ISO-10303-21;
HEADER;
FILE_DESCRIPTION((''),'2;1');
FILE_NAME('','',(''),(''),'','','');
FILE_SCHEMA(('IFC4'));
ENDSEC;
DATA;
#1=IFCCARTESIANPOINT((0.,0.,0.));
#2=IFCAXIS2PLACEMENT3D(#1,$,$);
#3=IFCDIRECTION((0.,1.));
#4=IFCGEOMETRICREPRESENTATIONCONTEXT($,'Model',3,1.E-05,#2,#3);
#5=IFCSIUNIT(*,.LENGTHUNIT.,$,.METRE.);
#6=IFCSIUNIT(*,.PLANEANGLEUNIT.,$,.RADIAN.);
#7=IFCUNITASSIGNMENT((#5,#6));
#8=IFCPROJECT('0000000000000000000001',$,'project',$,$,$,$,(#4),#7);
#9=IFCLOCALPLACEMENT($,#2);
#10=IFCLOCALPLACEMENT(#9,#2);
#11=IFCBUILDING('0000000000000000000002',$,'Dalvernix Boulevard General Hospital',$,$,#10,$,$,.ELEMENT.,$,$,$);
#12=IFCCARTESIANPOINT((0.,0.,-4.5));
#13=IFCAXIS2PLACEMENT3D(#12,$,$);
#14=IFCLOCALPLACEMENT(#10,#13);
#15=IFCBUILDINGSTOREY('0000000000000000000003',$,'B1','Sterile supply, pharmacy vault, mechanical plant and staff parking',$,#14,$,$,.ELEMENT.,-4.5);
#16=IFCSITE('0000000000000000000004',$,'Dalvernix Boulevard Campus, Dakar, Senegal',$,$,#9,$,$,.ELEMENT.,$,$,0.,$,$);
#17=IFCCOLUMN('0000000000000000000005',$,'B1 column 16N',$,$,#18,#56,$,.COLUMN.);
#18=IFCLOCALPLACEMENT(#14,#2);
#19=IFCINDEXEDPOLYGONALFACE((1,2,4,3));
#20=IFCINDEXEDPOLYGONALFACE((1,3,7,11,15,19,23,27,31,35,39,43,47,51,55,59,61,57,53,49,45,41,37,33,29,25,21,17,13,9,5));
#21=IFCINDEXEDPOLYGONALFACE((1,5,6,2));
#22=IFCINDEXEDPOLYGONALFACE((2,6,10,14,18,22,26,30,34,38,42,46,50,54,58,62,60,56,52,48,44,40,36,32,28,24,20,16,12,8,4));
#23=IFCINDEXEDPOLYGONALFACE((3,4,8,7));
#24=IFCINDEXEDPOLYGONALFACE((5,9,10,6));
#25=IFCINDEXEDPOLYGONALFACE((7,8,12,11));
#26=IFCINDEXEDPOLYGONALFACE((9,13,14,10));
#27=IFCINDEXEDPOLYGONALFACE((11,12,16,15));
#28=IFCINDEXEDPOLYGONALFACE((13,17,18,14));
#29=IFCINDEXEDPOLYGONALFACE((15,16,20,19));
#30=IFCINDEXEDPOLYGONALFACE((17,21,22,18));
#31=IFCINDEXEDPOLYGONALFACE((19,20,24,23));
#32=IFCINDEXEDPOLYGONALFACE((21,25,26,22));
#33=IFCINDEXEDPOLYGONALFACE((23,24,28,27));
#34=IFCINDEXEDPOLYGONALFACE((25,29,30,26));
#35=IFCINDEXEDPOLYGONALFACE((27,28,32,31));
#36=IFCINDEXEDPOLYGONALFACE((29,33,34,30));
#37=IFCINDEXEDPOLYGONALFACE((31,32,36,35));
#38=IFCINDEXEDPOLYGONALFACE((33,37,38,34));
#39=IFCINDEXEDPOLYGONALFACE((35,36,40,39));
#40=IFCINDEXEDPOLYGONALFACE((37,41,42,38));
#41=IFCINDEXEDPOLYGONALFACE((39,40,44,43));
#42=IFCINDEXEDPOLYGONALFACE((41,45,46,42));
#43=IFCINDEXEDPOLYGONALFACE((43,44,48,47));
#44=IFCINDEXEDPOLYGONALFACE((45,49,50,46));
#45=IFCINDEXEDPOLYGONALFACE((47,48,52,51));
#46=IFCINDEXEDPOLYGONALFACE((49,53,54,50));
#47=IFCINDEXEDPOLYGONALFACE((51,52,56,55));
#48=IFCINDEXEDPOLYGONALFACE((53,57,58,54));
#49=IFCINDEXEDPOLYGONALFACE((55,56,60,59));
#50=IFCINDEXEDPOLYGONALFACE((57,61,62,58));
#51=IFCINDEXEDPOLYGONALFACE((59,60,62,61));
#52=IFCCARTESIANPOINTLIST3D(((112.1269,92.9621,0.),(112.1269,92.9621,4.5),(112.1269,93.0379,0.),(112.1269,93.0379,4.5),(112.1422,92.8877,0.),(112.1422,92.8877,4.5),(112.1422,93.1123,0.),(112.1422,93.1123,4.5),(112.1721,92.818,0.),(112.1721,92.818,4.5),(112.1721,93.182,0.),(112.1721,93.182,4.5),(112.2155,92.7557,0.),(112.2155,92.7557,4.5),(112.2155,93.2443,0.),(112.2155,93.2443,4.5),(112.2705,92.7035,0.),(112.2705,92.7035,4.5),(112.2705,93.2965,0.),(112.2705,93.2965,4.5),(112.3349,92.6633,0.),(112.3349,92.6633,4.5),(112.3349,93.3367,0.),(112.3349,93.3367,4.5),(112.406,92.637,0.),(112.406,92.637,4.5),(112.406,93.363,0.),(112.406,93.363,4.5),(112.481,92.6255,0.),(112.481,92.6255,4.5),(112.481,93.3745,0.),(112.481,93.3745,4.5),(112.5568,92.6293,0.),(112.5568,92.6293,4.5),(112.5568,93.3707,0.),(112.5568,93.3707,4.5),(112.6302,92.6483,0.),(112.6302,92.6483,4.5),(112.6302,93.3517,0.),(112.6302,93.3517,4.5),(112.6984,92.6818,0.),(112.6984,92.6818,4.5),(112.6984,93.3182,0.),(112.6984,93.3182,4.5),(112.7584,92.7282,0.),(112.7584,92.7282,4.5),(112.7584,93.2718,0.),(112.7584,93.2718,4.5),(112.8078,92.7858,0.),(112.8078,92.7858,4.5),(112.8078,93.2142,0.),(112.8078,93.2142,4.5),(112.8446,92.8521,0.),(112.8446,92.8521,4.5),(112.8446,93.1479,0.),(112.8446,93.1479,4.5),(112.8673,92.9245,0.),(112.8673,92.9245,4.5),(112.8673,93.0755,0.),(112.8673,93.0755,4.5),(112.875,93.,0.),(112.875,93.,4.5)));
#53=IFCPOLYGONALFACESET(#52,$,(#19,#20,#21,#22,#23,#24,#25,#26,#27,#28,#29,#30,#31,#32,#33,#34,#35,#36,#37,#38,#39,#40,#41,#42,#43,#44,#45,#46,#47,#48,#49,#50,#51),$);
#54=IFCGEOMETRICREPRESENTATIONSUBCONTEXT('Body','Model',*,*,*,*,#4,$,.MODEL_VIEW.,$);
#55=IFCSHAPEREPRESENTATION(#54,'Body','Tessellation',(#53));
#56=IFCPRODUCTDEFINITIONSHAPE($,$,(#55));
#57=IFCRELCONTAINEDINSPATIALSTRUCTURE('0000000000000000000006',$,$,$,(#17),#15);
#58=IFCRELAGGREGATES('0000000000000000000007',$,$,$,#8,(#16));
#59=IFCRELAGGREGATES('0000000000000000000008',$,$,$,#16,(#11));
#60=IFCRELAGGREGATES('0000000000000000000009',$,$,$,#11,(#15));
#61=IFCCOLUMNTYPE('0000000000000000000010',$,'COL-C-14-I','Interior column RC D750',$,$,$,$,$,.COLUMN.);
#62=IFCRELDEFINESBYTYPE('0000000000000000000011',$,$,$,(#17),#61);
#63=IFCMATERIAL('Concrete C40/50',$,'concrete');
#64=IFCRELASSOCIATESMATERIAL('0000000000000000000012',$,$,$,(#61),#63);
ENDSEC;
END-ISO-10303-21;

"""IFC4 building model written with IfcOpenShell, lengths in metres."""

from ifc_helpers import new_model, si_unit, direction, frame, origin, origin_2d, place, context, subcontext, project, spatial, circle, extrude, material, material_profile, profile_set, type_object, element, save


model = new_model("IFC4")

# Units and contexts
model_context = context("Model", 3, precision=1e-05, world=origin(), true_north=direction((0.0, 1.0)))
body_context = subcontext(model_context, "Body", "Model", "MODEL_VIEW")
ifc_project = project(units=[si_unit("LENGTHUNIT", "METRE"), si_unit("PLANEANGLEUNIT", "RADIAN")], contexts=[model_context])

# Site, building, storey
site_placement = place(None, origin())
site = spatial("IfcSite", under=ifc_project, at=site_placement, Name="Dalvernix Boulevard Campus, Dakar, Senegal", CompositionType="ELEMENT", RefElevation=0.0)
building_placement = place(site_placement, origin())
building = spatial("IfcBuilding", under=site, at=building_placement, Name="Dalvernix Boulevard General Hospital", CompositionType="ELEMENT")
storey_placement = place(building_placement, frame((0.0, 0.0, -4.5)))
storey = spatial("IfcBuildingStorey", under=building, at=storey_placement, Name="B1", Description="Sterile supply, pharmacy vault, mechanical plant and staff parking", CompositionType="ELEMENT", Elevation=-4.5)

# Shared definitions
ifc_material_1 = material(Name="Concrete C40/50", Category="concrete")

# Column
ifc_material_profile_1 = material_profile(ifc_material_1, circle(Radius=0.375, at=origin_2d()), Name="RC D750")
ifc_profile_set_1 = profile_set([ifc_material_profile_1], Name="Concrete C40/50")
column_type_1 = type_object("IfcColumnType", Name="COL-C-14-I", Description="Interior column RC D750", PredefinedType="COLUMN", material=ifc_profile_set_1)
column_1_placement = place(storey_placement, frame((112.5, 93.0, 0.0), z_axis=(0.0, 0.0, 1.0), x_axis=(1.0, 0.0, 0.0)))
element("IfcColumn", 1, at=column_1_placement, inside=storey, type_object=column_type_1, Name="B1 column 16N", PredefinedType="COLUMN", context=body_context, shape_type="SweptSolid", body=[
    extrude(circle(Radius=0.375, at=origin_2d()), origin(), (0.0, 0.0, 1.0), 4.5),
])

save(model, "model.ifc")
